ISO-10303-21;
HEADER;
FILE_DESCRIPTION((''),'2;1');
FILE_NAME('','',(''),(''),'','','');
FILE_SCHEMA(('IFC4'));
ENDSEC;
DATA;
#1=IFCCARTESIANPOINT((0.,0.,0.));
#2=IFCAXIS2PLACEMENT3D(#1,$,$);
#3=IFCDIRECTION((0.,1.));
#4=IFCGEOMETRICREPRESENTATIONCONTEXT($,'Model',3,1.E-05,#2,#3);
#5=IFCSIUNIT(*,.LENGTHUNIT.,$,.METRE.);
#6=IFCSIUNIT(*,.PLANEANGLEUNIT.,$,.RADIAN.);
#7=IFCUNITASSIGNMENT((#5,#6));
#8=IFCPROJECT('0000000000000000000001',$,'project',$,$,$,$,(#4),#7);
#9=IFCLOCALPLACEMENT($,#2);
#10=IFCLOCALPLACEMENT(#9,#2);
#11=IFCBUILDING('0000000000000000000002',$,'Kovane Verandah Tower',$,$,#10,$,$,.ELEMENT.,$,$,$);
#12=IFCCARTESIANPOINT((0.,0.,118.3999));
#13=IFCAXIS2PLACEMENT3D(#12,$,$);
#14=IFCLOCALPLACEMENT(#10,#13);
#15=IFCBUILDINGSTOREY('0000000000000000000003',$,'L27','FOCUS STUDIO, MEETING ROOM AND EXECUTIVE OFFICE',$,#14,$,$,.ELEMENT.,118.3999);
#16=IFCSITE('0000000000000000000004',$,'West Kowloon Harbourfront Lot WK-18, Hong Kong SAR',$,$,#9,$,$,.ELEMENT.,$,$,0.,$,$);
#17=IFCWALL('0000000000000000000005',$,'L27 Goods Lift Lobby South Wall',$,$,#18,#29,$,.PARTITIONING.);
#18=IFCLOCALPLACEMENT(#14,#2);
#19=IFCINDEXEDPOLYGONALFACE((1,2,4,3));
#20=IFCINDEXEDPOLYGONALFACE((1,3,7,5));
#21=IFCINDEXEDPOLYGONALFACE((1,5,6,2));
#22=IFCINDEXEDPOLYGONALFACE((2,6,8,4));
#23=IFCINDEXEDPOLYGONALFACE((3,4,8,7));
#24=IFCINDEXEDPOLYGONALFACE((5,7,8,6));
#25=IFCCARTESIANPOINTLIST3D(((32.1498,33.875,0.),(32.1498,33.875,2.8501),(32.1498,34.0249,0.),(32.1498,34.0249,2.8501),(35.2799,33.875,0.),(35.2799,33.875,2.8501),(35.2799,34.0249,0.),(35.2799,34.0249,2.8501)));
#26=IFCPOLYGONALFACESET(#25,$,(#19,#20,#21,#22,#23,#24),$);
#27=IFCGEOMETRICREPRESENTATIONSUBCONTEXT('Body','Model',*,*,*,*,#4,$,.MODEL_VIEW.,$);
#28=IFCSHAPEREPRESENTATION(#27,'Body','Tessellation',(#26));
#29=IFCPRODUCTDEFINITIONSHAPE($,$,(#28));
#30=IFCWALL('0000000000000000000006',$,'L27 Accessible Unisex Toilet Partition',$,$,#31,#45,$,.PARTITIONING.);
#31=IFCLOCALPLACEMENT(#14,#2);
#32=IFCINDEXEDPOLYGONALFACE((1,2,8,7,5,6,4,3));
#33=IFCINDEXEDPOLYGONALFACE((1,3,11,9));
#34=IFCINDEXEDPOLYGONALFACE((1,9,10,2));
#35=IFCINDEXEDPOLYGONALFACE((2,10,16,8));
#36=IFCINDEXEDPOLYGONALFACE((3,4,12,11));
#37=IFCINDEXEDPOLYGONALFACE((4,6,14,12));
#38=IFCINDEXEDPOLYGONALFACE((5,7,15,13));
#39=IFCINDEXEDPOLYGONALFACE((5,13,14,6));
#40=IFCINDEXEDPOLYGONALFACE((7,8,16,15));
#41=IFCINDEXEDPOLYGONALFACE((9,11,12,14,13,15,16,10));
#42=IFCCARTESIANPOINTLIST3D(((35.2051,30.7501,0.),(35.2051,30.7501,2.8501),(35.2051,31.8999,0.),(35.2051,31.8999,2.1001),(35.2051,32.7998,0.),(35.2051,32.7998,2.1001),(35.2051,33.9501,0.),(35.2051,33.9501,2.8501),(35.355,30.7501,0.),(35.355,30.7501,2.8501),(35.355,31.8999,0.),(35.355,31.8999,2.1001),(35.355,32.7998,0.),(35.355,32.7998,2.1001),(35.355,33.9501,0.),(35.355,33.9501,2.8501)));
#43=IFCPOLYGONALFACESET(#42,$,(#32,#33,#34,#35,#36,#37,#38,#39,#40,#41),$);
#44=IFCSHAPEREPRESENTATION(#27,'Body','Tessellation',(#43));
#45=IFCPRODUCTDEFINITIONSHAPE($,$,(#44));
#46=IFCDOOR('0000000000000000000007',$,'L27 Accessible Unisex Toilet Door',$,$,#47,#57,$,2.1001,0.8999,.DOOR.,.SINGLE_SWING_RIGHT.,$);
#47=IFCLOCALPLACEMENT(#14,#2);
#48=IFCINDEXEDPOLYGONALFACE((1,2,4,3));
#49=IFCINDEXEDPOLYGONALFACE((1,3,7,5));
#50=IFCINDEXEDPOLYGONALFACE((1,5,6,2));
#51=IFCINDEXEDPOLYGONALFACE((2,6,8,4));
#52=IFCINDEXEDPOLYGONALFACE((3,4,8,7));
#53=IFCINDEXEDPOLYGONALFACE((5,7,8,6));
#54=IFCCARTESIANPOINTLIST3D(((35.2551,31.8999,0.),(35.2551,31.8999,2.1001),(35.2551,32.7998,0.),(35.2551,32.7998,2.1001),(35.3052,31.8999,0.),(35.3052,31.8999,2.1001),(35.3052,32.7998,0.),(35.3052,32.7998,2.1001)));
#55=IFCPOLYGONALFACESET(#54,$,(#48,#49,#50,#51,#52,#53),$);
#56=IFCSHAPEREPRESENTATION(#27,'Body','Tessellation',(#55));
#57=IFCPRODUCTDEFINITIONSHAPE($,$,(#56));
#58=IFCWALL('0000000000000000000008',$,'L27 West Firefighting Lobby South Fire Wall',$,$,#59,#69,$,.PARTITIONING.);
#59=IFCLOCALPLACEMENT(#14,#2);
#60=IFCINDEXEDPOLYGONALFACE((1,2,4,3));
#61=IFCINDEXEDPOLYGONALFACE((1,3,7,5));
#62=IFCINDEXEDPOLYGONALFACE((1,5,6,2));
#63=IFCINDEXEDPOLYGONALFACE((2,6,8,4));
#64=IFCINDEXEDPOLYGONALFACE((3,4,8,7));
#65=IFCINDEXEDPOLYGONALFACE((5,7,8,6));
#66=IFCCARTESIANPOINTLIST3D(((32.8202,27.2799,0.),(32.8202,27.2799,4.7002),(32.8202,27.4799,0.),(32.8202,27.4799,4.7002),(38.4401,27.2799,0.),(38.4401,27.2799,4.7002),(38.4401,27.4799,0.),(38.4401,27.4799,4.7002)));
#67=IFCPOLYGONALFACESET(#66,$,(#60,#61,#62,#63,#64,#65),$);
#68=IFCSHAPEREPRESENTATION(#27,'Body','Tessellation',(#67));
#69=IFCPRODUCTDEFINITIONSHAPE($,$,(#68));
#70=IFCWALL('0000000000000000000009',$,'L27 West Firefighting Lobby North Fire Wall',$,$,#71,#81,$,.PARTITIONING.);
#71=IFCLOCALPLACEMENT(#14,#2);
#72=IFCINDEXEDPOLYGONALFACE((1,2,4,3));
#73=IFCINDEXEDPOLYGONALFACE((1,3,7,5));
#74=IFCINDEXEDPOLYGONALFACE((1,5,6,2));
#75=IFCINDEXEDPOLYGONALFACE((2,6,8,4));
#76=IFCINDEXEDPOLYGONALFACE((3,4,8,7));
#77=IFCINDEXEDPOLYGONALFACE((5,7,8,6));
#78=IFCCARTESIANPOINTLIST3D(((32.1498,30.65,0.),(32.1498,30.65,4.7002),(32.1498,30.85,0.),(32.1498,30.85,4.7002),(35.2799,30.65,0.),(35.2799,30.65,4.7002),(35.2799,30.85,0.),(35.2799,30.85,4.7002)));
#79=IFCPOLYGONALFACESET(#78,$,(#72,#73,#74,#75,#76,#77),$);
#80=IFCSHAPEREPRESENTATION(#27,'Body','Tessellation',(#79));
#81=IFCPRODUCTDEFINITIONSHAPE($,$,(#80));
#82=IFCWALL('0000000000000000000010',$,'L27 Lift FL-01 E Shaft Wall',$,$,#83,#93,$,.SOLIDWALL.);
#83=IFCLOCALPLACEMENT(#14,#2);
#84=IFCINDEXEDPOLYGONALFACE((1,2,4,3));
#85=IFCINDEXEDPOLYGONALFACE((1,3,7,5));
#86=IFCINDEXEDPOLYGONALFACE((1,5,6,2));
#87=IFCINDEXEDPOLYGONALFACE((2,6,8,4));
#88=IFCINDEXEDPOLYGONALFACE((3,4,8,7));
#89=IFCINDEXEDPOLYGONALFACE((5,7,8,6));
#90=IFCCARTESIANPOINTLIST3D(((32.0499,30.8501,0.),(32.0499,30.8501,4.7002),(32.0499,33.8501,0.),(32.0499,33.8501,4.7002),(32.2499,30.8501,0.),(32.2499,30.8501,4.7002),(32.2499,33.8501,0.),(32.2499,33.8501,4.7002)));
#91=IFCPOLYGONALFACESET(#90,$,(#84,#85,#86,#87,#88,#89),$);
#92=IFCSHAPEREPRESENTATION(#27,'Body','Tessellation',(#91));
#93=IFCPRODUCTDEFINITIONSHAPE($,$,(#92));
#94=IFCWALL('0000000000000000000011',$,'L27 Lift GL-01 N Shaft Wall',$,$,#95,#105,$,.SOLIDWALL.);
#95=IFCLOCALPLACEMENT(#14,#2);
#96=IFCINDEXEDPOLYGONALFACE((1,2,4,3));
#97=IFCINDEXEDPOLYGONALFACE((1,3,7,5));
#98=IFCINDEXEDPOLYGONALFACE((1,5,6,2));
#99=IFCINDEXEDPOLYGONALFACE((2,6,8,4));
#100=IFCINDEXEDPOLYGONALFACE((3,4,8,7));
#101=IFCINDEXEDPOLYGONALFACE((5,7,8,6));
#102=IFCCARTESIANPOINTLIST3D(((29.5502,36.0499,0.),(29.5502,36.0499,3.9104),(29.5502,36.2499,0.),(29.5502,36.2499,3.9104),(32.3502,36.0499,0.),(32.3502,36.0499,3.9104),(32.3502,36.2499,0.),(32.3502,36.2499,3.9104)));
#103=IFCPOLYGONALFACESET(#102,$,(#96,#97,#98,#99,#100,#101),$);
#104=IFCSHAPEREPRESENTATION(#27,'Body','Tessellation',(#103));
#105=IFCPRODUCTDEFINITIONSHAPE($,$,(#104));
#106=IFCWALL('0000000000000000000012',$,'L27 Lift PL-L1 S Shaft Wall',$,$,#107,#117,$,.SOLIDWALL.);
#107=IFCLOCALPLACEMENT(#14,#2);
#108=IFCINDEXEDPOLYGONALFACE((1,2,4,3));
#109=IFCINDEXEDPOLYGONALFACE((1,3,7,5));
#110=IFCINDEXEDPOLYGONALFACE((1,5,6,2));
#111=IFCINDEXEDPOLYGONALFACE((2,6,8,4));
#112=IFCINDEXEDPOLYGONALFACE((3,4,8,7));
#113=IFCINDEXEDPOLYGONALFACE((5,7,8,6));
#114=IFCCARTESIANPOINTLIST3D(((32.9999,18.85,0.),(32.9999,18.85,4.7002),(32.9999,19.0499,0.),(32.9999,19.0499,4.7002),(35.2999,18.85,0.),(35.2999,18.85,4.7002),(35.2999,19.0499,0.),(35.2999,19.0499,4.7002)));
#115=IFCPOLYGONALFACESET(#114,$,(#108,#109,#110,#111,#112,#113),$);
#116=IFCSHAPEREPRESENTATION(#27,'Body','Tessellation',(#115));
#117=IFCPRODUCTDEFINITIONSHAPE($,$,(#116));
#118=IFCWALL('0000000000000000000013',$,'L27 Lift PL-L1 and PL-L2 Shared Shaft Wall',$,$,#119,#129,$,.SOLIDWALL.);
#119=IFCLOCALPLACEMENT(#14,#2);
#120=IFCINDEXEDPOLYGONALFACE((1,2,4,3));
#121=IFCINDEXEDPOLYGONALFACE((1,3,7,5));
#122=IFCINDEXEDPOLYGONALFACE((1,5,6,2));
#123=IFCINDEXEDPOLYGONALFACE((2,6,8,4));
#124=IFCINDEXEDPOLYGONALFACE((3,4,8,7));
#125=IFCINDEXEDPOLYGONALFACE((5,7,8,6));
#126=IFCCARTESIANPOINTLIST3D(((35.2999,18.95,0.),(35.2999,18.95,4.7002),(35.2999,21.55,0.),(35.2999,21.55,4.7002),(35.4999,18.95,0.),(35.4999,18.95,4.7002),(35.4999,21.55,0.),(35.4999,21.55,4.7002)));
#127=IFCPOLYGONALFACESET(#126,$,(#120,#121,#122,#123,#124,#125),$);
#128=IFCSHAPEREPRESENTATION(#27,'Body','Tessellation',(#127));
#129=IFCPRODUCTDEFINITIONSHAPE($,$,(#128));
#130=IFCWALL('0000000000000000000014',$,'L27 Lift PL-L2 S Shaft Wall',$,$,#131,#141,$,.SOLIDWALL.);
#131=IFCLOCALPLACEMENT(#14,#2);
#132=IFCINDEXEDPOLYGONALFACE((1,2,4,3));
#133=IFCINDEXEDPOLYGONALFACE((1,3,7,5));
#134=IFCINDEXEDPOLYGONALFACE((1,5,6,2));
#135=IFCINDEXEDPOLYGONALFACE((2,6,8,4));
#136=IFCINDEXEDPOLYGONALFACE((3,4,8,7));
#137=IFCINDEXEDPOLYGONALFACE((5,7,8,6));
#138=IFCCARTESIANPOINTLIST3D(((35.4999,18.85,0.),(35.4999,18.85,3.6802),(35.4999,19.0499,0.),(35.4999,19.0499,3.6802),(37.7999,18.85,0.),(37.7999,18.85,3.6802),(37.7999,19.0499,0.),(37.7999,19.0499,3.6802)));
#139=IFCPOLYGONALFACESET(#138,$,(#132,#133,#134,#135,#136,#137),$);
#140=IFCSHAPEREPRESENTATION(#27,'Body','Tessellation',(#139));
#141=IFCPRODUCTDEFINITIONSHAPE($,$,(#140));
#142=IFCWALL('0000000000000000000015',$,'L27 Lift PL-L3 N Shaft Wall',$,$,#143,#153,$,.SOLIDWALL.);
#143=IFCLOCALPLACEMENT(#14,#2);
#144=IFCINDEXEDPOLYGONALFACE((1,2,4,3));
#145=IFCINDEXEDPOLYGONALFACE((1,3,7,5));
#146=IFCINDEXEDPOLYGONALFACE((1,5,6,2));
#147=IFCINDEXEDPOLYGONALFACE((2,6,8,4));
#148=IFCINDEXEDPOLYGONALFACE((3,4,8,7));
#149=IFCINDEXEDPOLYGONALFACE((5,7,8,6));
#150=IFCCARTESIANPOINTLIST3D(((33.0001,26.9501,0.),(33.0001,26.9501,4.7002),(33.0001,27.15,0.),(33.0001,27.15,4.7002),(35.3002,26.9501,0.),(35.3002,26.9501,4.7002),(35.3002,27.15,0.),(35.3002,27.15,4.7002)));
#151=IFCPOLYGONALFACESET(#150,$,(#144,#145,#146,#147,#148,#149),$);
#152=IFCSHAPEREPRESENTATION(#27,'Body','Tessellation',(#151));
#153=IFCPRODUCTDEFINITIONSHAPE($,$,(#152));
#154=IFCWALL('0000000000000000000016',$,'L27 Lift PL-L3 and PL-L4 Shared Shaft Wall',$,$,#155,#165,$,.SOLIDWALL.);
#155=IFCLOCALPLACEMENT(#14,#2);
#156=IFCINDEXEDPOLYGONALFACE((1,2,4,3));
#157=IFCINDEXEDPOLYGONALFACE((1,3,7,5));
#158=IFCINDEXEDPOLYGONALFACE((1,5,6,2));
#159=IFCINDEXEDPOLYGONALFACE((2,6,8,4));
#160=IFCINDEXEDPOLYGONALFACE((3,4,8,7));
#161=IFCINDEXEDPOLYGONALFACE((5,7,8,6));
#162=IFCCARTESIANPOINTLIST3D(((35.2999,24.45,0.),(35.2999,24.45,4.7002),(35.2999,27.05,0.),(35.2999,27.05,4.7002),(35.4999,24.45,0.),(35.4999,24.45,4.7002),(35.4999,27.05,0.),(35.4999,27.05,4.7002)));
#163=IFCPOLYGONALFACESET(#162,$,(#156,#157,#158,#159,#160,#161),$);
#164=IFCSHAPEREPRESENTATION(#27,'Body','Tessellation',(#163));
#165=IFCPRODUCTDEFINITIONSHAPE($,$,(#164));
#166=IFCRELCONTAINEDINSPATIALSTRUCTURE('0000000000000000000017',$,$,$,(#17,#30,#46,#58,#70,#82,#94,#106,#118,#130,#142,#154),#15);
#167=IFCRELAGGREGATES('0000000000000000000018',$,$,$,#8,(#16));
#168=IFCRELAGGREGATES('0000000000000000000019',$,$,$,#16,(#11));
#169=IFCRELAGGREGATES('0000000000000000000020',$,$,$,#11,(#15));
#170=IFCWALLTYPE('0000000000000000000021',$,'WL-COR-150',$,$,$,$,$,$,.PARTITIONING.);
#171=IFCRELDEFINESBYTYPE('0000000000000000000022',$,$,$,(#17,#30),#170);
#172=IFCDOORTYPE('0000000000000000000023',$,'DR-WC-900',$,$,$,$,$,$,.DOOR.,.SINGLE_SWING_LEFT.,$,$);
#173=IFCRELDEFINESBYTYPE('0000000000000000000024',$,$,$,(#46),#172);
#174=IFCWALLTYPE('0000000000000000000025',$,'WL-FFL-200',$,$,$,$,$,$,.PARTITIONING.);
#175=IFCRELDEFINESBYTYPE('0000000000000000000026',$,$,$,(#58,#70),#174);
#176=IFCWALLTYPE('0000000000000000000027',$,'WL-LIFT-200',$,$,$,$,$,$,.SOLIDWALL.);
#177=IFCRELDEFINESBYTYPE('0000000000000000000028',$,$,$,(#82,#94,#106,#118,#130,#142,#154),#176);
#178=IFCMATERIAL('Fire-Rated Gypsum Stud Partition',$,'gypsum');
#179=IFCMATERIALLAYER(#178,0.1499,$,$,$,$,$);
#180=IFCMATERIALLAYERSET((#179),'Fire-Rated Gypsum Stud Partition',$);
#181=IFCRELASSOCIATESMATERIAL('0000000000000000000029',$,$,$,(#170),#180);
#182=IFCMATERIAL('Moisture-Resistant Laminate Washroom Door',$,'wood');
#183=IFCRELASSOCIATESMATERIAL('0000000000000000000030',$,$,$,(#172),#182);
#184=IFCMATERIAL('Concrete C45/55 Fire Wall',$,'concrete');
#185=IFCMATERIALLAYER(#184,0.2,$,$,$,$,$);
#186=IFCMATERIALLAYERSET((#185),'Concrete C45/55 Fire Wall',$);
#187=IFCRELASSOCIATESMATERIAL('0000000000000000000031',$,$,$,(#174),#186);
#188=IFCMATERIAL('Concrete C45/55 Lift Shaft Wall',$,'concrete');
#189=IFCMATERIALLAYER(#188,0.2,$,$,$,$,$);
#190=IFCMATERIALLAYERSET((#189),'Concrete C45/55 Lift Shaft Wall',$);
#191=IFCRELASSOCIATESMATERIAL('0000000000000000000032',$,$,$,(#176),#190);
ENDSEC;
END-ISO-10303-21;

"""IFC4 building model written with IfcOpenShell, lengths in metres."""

from ifc_helpers import new_model, si_unit, direction, frame, frame_2d, origin, place, context, subcontext, project, spatial, rectangle, extrude, material, layer, layer_set, type_object, element, fill, save


model = new_model("IFC4")

# Units and contexts
model_context = context("Model", 3, precision=1e-05, world=origin(), true_north=direction((0.0, 1.0)))
body_context = subcontext(model_context, "Body", "Model", "MODEL_VIEW")
ifc_project = project(units=[si_unit("LENGTHUNIT", "METRE"), si_unit("PLANEANGLEUNIT", "RADIAN")], contexts=[model_context])

# Site, building, storey
site_placement = place(None, origin())
site = spatial("IfcSite", under=ifc_project, at=site_placement, Name="West Kowloon Harbourfront Lot WK-18, Hong Kong SAR", CompositionType="ELEMENT", RefElevation=0.0)
building_placement = place(site_placement, origin())
building = spatial("IfcBuilding", under=site, at=building_placement, Name="Kovane Verandah Tower", CompositionType="ELEMENT")
storey_placement = place(building_placement, frame((0.0, 0.0, 118.3999)))
storey = spatial("IfcBuildingStorey", under=building, at=storey_placement, Name="L27", Description="FOCUS STUDIO, MEETING ROOM AND EXECUTIVE OFFICE", CompositionType="ELEMENT", Elevation=118.3999)

# Wall
ifc_material_1 = material(Name="Fire-Rated Gypsum Stud Partition", Category="gypsum")
ifc_layer_1 = layer(ifc_material_1, 0.1499)
ifc_layer_set_1 = layer_set([ifc_layer_1], Name="Fire-Rated Gypsum Stud Partition")
wall_type_1 = type_object("IfcWallType", Name="WL-COR-150", PredefinedType="PARTITIONING", material=ifc_layer_set_1)
wall_1_placement = place(storey_placement, frame((32.1499, 33.95, 0.0), z_axis=(0.0, 0.0, 1.0), x_axis=(1.0, 0.0, 0.0)))
element("IfcWall", 1, at=wall_1_placement, inside=storey, type_object=wall_type_1, Name="L27 Goods Lift Lobby South Wall", PredefinedType="PARTITIONING", context=body_context, shape_type="SweptSolid", body=[
    extrude(rectangle(XDim=3.1301, YDim=0.1499, at=frame_2d((1.5649, 0.0))), origin(), (0.0, 0.0, 1.0), 2.8501),
])

# Wall, opening, door
wall_2_placement = place(storey_placement, frame((35.28, 30.75, 0.0), z_axis=(0.0, 0.0, 1.0), x_axis=(0.0, 1.0, 0.0)))
wall_2 = element("IfcWall", 2, at=wall_2_placement, inside=storey, type_object=wall_type_1, Name="L27 Accessible Unisex Toilet Partition", PredefinedType="PARTITIONING", context=body_context, shape_type="SweptSolid", body=[
    extrude(rectangle(XDim=3.2, YDim=0.1499, at=frame_2d((1.6001, 0.0))), origin(), (0.0, 0.0, 1.0), 2.8501),
])
opening_1_placement = place(wall_2_placement, frame((1.1499, 0.0, 0.0)))
opening_1 = element("IfcOpeningElement", 3, at=opening_1_placement, cuts=wall_2, PredefinedType="OPENING", context=body_context, shape_type="SweptSolid", body=[
    extrude(rectangle(XDim=0.8999, YDim=2.1001, at=frame_2d((0.45, 1.05))), frame((0.0, 0.075, 0.0), z_axis=(0.0, -1.0, 0.0), x_axis=(1.0, 0.0, 0.0)), (0.0, 0.0, 1.0), 0.1499),
])
ifc_material_2 = material(Name="Moisture-Resistant Laminate Washroom Door", Category="wood")
door_type_1 = type_object("IfcDoorType", Name="DR-WC-900", OperationType="SINGLE_SWING_LEFT", PredefinedType="DOOR", material=ifc_material_2)
door_1_placement = place(opening_1_placement, origin())
door_1 = element("IfcDoor", 4, at=door_1_placement, inside=storey, type_object=door_type_1, Name="L27 Accessible Unisex Toilet Door", OperationType="SINGLE_SWING_RIGHT", OverallHeight=2.1001, OverallWidth=0.8999, PredefinedType="DOOR", context=body_context, shape_type="SweptSolid", body=[
    extrude(rectangle(XDim=0.8999, YDim=2.1001, at=frame_2d((0.45, 1.05))), frame((0.0, 0.0249, 0.0), z_axis=(0.0, -1.0, 0.0), x_axis=(1.0, 0.0, 0.0)), (0.0, 0.0, 1.0), 0.05),
])
fill(opening_1, door_1)
ifc_material_3 = material(Name="Concrete C45/55 Fire Wall", Category="concrete")
ifc_layer_2 = layer(ifc_material_3, 0.2)
ifc_layer_set_2 = layer_set([ifc_layer_2], Name="Concrete C45/55 Fire Wall")
wall_type_2 = type_object("IfcWallType", Name="WL-FFL-200", PredefinedType="PARTITIONING", material=ifc_layer_set_2)

# Walls
wall_3_placement = place(storey_placement, frame((32.8201, 27.3799, 0.0), z_axis=(0.0, 0.0, 1.0), x_axis=(1.0, 0.0, 0.0)))
element("IfcWall", 5, at=wall_3_placement, inside=storey, type_object=wall_type_2, Name="L27 West Firefighting Lobby South Fire Wall", PredefinedType="PARTITIONING", context=body_context, shape_type="SweptSolid", body=[
    extrude(rectangle(XDim=5.6199, YDim=0.2, at=frame_2d((2.8101, 0.0))), origin(), (0.0, 0.0, 1.0), 4.7002),
])
wall_4_placement = place(storey_placement, frame((32.1499, 30.75, 0.0), z_axis=(0.0, 0.0, 1.0), x_axis=(1.0, 0.0, 0.0)))
element("IfcWall", 6, at=wall_4_placement, inside=storey, type_object=wall_type_2, Name="L27 West Firefighting Lobby North Fire Wall", PredefinedType="PARTITIONING", context=body_context, shape_type="SweptSolid", body=[
    extrude(rectangle(XDim=3.1301, YDim=0.2, at=frame_2d((1.5649, 0.0))), origin(), (0.0, 0.0, 1.0), 4.7002),
])
ifc_material_4 = material(Name="Concrete C45/55 Lift Shaft Wall", Category="concrete")
ifc_layer_3 = layer(ifc_material_4, 0.2)
ifc_layer_set_3 = layer_set([ifc_layer_3], Name="Concrete C45/55 Lift Shaft Wall")
wall_type_3 = type_object("IfcWallType", Name="WL-LIFT-200", PredefinedType="SOLIDWALL", material=ifc_layer_set_3)
wall_5_placement = place(storey_placement, frame((32.1499, 30.8501, 0.0), z_axis=(0.0, 0.0, 1.0), x_axis=(0.0, 1.0, 0.0)))
element("IfcWall", 7, at=wall_5_placement, inside=storey, type_object=wall_type_3, Name="L27 Lift FL-01 E Shaft Wall", PredefinedType="SOLIDWALL", context=body_context, shape_type="SweptSolid", body=[
    extrude(rectangle(XDim=3.0, YDim=0.2, at=frame_2d((1.5, 0.0))), origin(), (0.0, 0.0, 1.0), 4.7002),
])
wall_6_placement = place(storey_placement, frame((32.3501, 36.1499, 0.0), z_axis=(0.0, 0.0, 1.0), x_axis=(-1.0, 0.0, 0.0)))
element("IfcWall", 8, at=wall_6_placement, inside=storey, type_object=wall_type_3, Name="L27 Lift GL-01 N Shaft Wall", PredefinedType="SOLIDWALL", context=body_context, shape_type="SweptSolid", body=[
    extrude(rectangle(XDim=2.8, YDim=0.2, at=frame_2d((1.3999, 0.0))), origin(), (0.0, 0.0, 1.0), 3.9104),
])

# Wall
wall_7_placement = place(storey_placement, frame((33.0, 18.95, 0.0), z_axis=(0.0, 0.0, 1.0), x_axis=(1.0, 0.0, 0.0)))
element("IfcWall", 9, at=wall_7_placement, inside=storey, type_object=wall_type_3, Name="L27 Lift PL-L1 S Shaft Wall", PredefinedType="SOLIDWALL", context=body_context, shape_type="SweptSolid", body=[
    extrude(rectangle(XDim=2.3, YDim=0.2, at=frame_2d((1.1499, 0.0))), origin(), (0.0, 0.0, 1.0), 4.7002),
])

# Walls
wall_8_placement = place(storey_placement, frame((35.3999, 18.95, 0.0), z_axis=(0.0, 0.0, 1.0), x_axis=(0.0, 1.0, 0.0)))
element("IfcWall", 10, at=wall_8_placement, inside=storey, type_object=wall_type_3, Name="L27 Lift PL-L1 and PL-L2 Shared Shaft Wall", PredefinedType="SOLIDWALL", context=body_context, shape_type="SweptSolid", body=[
    extrude(rectangle(XDim=2.6001, YDim=0.2, at=frame_2d((1.3, 0.0))), origin(), (0.0, 0.0, 1.0), 4.7002),
])
wall_9_placement = place(storey_placement, frame((35.5, 18.95, 0.0), z_axis=(0.0, 0.0, 1.0), x_axis=(1.0, 0.0, 0.0)))
element("IfcWall", 11, at=wall_9_placement, inside=storey, type_object=wall_type_3, Name="L27 Lift PL-L2 S Shaft Wall", PredefinedType="SOLIDWALL", context=body_context, shape_type="SweptSolid", body=[
    extrude(rectangle(XDim=2.3, YDim=0.2, at=frame_2d((1.1499, 0.0))), origin(), (0.0, 0.0, 1.0), 3.6802),
])

# Walls
wall_10_placement = place(storey_placement, frame((35.3, 27.05, 0.0), z_axis=(0.0, 0.0, 1.0), x_axis=(-1.0, 0.0, 0.0)))
element("IfcWall", 12, at=wall_10_placement, inside=storey, type_object=wall_type_3, Name="L27 Lift PL-L3 N Shaft Wall", PredefinedType="SOLIDWALL", context=body_context, shape_type="SweptSolid", body=[
    extrude(rectangle(XDim=2.3, YDim=0.2, at=frame_2d((1.1499, 0.0))), origin(), (0.0, 0.0, 1.0), 4.7002),
])
wall_11_placement = place(storey_placement, frame((35.3999, 24.45, 0.0), z_axis=(0.0, 0.0, 1.0), x_axis=(0.0, 1.0, 0.0)))
element("IfcWall", 13, at=wall_11_placement, inside=storey, type_object=wall_type_3, Name="L27 Lift PL-L3 and PL-L4 Shared Shaft Wall", PredefinedType="SOLIDWALL", context=body_context, shape_type="SweptSolid", body=[
    extrude(rectangle(XDim=2.6001, YDim=0.2, at=frame_2d((1.3, 0.0))), origin(), (0.0, 0.0, 1.0), 4.7002),
])

save(model, "model.ifc")
